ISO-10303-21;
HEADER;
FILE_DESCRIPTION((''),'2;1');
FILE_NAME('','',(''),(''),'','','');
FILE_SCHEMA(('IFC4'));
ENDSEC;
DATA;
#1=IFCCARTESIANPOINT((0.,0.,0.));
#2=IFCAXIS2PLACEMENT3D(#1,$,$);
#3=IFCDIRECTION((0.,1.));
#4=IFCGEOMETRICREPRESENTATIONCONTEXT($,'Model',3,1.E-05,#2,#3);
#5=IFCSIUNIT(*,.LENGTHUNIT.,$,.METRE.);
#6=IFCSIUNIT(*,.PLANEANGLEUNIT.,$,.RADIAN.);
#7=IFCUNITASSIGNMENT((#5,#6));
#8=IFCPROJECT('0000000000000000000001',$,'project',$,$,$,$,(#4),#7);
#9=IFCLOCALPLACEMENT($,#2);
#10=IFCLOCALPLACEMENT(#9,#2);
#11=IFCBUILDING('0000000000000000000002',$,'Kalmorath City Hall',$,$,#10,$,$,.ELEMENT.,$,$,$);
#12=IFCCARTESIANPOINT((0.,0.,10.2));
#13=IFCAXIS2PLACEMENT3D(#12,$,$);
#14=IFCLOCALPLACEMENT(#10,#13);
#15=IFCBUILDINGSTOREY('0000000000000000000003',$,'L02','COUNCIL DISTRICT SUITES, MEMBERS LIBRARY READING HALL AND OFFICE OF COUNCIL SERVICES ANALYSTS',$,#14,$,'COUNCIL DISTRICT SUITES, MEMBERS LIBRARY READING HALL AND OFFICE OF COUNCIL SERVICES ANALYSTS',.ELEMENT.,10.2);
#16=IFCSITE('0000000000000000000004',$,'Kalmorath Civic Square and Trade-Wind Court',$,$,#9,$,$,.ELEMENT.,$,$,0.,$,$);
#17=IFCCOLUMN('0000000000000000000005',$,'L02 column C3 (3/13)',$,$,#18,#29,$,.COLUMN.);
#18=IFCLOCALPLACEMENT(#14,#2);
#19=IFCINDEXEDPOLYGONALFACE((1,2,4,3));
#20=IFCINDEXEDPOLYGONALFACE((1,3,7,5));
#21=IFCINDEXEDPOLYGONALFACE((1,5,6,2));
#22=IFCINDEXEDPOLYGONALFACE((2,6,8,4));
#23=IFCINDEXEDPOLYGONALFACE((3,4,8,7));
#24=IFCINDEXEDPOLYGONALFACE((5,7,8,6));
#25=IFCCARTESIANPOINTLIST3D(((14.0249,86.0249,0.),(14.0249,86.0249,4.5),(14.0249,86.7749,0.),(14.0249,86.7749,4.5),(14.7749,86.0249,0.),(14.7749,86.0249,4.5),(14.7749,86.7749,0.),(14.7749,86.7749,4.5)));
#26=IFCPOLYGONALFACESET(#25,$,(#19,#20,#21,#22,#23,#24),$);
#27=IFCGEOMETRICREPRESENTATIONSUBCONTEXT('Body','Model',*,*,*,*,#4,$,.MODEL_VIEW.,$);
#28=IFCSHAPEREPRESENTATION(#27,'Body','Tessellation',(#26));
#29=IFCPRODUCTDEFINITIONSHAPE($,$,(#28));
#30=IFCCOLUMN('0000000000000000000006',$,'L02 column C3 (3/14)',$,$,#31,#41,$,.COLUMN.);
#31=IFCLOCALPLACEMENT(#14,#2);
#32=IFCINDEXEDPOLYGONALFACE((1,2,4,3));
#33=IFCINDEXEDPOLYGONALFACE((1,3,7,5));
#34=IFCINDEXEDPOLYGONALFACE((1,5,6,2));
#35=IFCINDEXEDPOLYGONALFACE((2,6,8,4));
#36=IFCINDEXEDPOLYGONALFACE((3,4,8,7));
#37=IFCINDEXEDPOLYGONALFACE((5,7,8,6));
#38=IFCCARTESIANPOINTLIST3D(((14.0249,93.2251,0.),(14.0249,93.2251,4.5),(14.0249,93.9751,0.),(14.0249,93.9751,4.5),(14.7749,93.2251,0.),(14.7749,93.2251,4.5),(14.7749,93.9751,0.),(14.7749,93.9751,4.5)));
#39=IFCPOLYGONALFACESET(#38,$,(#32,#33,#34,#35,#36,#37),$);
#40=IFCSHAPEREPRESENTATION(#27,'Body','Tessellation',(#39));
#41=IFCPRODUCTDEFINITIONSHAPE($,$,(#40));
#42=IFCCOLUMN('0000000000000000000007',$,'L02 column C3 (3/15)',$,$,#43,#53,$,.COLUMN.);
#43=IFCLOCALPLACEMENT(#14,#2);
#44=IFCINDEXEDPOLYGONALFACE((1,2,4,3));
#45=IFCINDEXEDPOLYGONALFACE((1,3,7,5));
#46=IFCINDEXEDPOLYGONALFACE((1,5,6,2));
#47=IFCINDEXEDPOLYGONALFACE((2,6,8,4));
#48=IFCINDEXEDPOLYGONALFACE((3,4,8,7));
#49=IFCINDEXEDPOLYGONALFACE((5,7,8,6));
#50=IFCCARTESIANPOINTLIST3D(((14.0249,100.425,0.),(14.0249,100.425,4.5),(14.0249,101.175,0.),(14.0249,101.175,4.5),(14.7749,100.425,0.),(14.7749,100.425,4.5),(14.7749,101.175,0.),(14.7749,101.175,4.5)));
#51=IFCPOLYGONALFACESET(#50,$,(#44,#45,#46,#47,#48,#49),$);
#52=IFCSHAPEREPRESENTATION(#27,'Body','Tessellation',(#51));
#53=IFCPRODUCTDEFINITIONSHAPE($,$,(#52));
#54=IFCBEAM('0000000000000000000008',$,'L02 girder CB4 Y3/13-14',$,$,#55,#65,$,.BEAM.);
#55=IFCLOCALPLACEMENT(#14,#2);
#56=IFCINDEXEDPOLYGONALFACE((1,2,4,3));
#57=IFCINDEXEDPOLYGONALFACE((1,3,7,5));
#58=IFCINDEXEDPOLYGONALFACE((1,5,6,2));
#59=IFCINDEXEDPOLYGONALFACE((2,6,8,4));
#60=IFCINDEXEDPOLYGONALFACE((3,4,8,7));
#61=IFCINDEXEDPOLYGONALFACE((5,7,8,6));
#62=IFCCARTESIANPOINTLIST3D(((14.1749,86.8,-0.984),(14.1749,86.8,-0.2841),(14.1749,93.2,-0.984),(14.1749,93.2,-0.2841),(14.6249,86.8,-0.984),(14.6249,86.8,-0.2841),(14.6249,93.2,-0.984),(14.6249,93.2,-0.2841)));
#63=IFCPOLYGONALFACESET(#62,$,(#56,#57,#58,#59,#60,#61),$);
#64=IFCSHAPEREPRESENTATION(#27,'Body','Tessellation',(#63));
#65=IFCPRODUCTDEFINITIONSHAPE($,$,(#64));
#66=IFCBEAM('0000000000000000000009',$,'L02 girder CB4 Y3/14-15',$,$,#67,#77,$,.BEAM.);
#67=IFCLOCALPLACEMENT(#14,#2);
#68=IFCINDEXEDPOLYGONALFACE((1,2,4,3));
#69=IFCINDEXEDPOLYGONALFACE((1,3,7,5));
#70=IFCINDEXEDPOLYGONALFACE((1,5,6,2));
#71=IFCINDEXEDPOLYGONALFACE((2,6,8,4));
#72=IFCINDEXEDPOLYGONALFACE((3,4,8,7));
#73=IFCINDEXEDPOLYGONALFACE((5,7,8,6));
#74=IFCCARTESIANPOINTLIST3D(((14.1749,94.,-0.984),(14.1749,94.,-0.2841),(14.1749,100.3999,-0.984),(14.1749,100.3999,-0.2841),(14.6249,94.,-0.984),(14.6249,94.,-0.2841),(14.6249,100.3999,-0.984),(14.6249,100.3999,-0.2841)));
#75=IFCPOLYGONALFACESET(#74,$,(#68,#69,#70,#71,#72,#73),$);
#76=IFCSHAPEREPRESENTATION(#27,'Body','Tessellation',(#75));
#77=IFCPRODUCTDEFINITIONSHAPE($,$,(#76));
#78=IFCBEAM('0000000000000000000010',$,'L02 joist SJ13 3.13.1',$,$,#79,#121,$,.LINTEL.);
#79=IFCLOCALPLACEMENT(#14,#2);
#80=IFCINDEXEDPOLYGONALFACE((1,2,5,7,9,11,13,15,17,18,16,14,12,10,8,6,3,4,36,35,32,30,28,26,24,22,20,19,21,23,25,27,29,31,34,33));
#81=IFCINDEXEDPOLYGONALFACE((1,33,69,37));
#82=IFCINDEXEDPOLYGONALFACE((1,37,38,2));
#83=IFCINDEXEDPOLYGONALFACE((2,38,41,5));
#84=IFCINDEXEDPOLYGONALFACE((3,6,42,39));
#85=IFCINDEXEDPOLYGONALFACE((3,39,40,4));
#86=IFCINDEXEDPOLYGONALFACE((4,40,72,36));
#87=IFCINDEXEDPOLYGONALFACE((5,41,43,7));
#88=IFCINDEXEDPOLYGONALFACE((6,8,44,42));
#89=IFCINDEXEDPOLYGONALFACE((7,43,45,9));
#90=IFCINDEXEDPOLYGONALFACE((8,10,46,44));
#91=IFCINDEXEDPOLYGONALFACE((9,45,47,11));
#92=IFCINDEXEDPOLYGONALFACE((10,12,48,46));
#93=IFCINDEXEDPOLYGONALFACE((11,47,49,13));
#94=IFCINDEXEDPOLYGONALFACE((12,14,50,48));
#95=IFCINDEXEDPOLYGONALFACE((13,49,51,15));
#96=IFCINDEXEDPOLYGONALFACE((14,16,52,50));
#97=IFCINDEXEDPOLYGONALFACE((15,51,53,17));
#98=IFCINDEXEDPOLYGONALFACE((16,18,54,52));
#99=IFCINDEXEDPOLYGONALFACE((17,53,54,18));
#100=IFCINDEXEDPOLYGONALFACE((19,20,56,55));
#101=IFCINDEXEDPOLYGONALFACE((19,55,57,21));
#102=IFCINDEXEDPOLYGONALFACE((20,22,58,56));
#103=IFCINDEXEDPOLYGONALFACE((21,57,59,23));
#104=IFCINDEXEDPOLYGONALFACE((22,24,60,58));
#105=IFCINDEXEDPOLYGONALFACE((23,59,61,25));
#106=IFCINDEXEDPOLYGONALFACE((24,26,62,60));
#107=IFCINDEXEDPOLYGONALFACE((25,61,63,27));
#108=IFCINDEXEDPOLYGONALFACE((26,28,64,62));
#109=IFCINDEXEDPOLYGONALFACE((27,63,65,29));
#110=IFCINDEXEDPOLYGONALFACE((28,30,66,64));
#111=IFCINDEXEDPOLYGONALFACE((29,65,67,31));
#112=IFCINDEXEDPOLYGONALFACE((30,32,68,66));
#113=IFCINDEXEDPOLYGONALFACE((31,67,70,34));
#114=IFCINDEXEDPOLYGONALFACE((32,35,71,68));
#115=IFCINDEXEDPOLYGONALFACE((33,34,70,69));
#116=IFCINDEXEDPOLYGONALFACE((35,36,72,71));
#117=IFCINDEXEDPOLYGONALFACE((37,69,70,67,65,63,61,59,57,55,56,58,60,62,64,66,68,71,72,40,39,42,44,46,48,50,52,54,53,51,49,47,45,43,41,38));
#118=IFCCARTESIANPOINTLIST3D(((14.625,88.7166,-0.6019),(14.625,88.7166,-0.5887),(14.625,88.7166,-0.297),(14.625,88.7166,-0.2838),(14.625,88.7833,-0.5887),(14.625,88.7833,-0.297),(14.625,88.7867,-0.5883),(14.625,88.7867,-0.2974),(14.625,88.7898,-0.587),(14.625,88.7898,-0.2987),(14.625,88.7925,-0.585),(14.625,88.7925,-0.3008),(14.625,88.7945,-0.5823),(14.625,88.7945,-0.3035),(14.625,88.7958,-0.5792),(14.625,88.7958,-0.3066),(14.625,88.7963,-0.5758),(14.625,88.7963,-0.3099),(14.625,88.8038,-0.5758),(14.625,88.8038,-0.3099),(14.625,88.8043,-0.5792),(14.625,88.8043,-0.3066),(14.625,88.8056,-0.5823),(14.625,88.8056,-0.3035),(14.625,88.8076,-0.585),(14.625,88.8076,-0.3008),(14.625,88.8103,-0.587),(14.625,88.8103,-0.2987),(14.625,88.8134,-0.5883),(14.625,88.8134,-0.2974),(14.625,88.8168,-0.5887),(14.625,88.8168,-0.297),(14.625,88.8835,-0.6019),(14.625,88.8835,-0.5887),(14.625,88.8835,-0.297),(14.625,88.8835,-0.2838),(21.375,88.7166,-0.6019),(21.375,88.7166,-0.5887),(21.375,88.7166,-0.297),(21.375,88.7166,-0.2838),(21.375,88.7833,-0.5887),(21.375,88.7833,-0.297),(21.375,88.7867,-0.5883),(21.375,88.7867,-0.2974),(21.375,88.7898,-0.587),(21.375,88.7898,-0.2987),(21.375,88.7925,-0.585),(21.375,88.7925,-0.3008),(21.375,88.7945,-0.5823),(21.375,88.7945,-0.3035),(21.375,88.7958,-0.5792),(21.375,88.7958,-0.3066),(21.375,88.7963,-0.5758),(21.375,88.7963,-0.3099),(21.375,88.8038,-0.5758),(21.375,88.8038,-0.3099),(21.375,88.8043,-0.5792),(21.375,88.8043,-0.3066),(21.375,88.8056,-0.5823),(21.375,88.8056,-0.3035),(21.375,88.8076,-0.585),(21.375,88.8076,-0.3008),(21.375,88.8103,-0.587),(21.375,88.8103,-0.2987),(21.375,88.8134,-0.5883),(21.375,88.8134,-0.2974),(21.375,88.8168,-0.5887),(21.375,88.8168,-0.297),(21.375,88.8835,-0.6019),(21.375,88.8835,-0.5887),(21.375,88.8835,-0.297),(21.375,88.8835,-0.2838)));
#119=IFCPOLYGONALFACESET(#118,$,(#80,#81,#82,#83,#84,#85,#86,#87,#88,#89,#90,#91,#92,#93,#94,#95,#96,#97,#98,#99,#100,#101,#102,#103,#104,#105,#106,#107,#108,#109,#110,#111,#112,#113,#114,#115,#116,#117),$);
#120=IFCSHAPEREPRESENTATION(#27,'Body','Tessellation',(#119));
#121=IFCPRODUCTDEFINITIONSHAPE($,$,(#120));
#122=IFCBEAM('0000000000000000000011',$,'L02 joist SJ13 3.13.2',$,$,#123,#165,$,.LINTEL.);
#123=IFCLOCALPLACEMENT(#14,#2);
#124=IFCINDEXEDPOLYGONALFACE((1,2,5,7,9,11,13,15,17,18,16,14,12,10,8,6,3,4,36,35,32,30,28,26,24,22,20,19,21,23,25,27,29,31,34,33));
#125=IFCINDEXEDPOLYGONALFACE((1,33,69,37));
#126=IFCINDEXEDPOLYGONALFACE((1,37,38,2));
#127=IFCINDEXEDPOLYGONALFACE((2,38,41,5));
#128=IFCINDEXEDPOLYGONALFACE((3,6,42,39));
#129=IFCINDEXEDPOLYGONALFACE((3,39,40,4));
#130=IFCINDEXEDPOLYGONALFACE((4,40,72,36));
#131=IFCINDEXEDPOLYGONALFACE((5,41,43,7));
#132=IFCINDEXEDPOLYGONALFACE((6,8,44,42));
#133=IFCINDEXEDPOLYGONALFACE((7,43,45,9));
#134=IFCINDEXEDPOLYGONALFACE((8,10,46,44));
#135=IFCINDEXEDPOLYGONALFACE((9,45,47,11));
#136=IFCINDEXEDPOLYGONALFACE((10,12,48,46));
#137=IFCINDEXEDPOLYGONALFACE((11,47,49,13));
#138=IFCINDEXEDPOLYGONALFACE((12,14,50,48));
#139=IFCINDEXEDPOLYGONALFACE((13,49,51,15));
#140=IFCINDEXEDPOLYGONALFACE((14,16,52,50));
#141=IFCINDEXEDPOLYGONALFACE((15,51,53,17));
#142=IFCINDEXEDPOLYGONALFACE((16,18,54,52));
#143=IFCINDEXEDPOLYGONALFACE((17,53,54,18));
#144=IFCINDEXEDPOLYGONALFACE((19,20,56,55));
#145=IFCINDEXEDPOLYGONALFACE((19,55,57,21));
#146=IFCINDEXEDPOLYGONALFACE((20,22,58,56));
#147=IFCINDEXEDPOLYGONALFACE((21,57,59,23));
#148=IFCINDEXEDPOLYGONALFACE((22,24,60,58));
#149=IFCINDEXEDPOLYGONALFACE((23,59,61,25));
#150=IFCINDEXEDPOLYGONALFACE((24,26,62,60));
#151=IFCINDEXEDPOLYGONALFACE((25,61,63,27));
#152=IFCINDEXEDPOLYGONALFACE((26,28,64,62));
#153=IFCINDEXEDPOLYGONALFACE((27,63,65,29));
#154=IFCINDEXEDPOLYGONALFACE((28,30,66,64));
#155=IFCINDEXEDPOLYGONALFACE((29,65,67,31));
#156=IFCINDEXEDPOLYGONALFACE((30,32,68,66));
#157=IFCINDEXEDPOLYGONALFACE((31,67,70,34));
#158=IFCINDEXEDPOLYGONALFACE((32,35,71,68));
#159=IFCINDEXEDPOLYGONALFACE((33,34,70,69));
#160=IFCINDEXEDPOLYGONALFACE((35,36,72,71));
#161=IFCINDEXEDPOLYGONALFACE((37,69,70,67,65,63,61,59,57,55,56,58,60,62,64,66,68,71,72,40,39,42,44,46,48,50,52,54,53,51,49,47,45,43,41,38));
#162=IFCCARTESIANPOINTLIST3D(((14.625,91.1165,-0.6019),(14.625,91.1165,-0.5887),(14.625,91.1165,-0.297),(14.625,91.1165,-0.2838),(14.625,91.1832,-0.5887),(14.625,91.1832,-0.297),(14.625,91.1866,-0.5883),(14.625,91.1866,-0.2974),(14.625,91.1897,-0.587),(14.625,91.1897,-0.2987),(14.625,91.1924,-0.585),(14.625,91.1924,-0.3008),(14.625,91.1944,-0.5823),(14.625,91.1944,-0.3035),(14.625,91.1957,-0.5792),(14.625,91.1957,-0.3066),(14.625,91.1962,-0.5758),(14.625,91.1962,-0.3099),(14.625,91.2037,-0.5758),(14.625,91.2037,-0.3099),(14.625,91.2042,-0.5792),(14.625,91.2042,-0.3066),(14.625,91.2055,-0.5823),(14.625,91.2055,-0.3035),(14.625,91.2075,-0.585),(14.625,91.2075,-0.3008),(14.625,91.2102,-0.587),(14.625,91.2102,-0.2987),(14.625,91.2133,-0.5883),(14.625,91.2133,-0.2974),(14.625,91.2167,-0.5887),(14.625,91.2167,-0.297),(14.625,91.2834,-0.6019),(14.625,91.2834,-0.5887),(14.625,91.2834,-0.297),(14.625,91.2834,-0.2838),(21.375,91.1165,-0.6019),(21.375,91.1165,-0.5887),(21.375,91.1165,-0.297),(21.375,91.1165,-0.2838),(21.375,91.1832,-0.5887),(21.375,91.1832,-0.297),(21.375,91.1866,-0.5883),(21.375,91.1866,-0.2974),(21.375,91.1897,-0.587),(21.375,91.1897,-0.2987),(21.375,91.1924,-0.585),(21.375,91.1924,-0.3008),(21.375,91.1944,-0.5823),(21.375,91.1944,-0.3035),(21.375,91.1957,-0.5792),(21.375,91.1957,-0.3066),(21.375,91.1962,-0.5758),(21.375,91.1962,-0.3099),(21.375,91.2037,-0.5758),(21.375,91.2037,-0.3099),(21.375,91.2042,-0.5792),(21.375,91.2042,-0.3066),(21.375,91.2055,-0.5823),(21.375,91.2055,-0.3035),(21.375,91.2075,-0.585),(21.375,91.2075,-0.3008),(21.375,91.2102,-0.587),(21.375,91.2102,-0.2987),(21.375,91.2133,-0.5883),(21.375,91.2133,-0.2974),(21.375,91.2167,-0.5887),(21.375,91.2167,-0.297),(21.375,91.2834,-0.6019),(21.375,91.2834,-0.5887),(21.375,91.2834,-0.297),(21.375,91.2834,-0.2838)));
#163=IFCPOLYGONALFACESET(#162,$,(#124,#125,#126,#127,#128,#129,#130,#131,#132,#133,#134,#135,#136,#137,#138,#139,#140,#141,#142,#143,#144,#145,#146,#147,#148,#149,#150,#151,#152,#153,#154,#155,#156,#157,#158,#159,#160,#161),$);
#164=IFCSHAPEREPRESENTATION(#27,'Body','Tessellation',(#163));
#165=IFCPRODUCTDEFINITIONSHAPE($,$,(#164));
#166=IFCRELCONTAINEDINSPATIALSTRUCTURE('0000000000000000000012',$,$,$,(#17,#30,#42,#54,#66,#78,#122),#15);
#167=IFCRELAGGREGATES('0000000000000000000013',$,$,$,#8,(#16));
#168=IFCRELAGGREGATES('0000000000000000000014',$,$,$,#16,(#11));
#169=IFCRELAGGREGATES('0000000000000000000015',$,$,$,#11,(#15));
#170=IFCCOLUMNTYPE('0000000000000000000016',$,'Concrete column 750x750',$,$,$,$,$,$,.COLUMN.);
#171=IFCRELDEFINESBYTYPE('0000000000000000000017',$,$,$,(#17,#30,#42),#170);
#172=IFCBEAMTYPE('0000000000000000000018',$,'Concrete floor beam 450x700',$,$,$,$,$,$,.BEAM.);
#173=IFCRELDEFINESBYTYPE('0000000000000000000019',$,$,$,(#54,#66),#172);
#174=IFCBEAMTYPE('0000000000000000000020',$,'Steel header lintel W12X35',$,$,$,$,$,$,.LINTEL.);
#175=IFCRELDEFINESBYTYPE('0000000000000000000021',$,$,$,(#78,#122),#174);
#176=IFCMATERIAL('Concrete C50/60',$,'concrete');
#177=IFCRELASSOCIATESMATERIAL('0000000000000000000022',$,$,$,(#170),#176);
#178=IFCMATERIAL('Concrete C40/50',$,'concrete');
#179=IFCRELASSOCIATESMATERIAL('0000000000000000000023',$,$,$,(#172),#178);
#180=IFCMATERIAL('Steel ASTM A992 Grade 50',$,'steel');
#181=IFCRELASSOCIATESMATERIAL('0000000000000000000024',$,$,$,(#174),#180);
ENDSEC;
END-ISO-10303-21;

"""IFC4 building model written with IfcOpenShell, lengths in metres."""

from ifc_helpers import new_model, si_unit, direction, frame, origin, origin_2d, place, context, subcontext, project, spatial, rectangle, i_section, extrude, material, material_profile, profile_set, type_object, element, save


model = new_model("IFC4")

# Units and contexts
model_context = context("Model", 3, precision=1e-05, world=origin(), true_north=direction((0.0, 1.0)))
body_context = subcontext(model_context, "Body", "Model", "MODEL_VIEW")
ifc_project = project(units=[si_unit("LENGTHUNIT", "METRE"), si_unit("PLANEANGLEUNIT", "RADIAN")], contexts=[model_context])

# Site, building, storey
site_placement = place(None, origin())
site = spatial("IfcSite", under=ifc_project, at=site_placement, Name="Kalmorath Civic Square and Trade-Wind Court", CompositionType="ELEMENT", RefElevation=0.0)
building_placement = place(site_placement, origin())
building = spatial("IfcBuilding", under=site, at=building_placement, Name="Kalmorath City Hall", CompositionType="ELEMENT")
storey_placement = place(building_placement, frame((0.0, 0.0, 10.2)))
storey = spatial("IfcBuildingStorey", under=building, at=storey_placement, Name="L02", Description="COUNCIL DISTRICT SUITES, MEMBERS LIBRARY READING HALL AND OFFICE OF COUNCIL SERVICES ANALYSTS", LongName="COUNCIL DISTRICT SUITES, MEMBERS LIBRARY READING HALL AND OFFICE OF COUNCIL SERVICES ANALYSTS", CompositionType="ELEMENT", Elevation=10.2)

# Columns
ifc_material_1 = material(Name="Concrete C50/60", Category="concrete")
ifc_material_profile_1 = material_profile(ifc_material_1, rectangle(XDim=0.75, YDim=0.75, at=origin_2d()), Name="RC-COL-750X750")
ifc_profile_set_1 = profile_set([ifc_material_profile_1], Name="Concrete C50/60")
column_type = type_object("IfcColumnType", Name="Concrete column 750x750", PredefinedType="COLUMN", material=ifc_profile_set_1)
for number, where, z_axis, x_axis, name in (
    (1, (14.3999, 86.3999, 0.0), (0.0, 0.0, 1.0), (1.0, 0.0, 0.0), "L02 column C3 (3/13)"),
    (2, (14.3999, 93.6001, 0.0), (0.0, 0.0, 1.0), (1.0, 0.0, 0.0), "L02 column C3 (3/14)"),
    (3, (14.3999, 100.8, 0.0), (0.0, 0.0, 1.0), (1.0, 0.0, 0.0), "L02 column C3 (3/15)"),
):
    element("IfcColumn", number, at=place(storey_placement, frame(where, z_axis=z_axis, x_axis=x_axis)), inside=storey, type_object=column_type, Name=name, PredefinedType="COLUMN", context=body_context, shape_type="SweptSolid", body=[
        extrude(rectangle(XDim=0.75, YDim=0.75, at=origin_2d()), origin(), (0.0, 0.0, 1.0), 4.5),
    ])

# Beams
ifc_material_2 = material(Name="Concrete C40/50", Category="concrete")
ifc_material_profile_2 = material_profile(ifc_material_2, rectangle(XDim=0.45, YDim=0.7, at=origin_2d()), Name="RC-BM-450X700")
ifc_profile_set_2 = profile_set([ifc_material_profile_2], Name="Concrete C40/50")
beam_type_1 = type_object("IfcBeamType", Name="Concrete floor beam 450x700", PredefinedType="BEAM", material=ifc_profile_set_2)
for number, where, z_axis, x_axis, name in (
    (4, (14.3999, 86.8, -0.634), (0.0, 1.0, 0.0), (-1.0, 0.0, 0.0), "L02 girder CB4 Y3/13-14"),
    (5, (14.3999, 94.0, -0.634), (0.0, 1.0, 0.0), (-1.0, 0.0, 0.0), "L02 girder CB4 Y3/14-15"),
):
    element("IfcBeam", number, at=place(storey_placement, frame(where, z_axis=z_axis, x_axis=x_axis)), inside=storey, type_object=beam_type_1, Name=name, PredefinedType="BEAM", context=body_context, shape_type="SweptSolid", body=[
        extrude(rectangle(XDim=0.45, YDim=0.7, at=origin_2d()), origin(), (0.0, 0.0, 1.0), 6.3999),
    ])
ifc_material_3 = material(Name="Steel ASTM A992 Grade 50", Category="steel")
ifc_material_profile_3 = material_profile(ifc_material_3, i_section(OverallWidth=0.167, OverallDepth=0.3181, WebThickness=0.0076, FlangeThickness=0.0132, FilletRadius=0.0129, at=origin_2d()), Name="W12X35")
ifc_profile_set_3 = profile_set([ifc_material_profile_3], Name="Steel ASTM A992 Grade 50")
beam_type_2 = type_object("IfcBeamType", Name="Steel header lintel W12X35", PredefinedType="LINTEL", material=ifc_profile_set_3)
for number, where, z_axis, x_axis, name in (
    (6, (14.625, 88.8, -0.4429), (1.0, 0.0, 0.0), (0.0, 1.0, 0.0), "L02 joist SJ13 3.13.1"),
    (7, (14.625, 91.2, -0.4429), (1.0, 0.0, 0.0), (0.0, 1.0, 0.0), "L02 joist SJ13 3.13.2"),
):
    element("IfcBeam", number, at=place(storey_placement, frame(where, z_axis=z_axis, x_axis=x_axis)), inside=storey, type_object=beam_type_2, Name=name, PredefinedType="LINTEL", context=body_context, shape_type="SweptSolid", body=[
        extrude(i_section(OverallWidth=0.167, OverallDepth=0.3181, WebThickness=0.0076, FlangeThickness=0.0132, FilletRadius=0.0129, at=origin_2d()), origin(), (0.0, 0.0, 1.0), 6.75),
    ])

save(model, "model.ifc")
